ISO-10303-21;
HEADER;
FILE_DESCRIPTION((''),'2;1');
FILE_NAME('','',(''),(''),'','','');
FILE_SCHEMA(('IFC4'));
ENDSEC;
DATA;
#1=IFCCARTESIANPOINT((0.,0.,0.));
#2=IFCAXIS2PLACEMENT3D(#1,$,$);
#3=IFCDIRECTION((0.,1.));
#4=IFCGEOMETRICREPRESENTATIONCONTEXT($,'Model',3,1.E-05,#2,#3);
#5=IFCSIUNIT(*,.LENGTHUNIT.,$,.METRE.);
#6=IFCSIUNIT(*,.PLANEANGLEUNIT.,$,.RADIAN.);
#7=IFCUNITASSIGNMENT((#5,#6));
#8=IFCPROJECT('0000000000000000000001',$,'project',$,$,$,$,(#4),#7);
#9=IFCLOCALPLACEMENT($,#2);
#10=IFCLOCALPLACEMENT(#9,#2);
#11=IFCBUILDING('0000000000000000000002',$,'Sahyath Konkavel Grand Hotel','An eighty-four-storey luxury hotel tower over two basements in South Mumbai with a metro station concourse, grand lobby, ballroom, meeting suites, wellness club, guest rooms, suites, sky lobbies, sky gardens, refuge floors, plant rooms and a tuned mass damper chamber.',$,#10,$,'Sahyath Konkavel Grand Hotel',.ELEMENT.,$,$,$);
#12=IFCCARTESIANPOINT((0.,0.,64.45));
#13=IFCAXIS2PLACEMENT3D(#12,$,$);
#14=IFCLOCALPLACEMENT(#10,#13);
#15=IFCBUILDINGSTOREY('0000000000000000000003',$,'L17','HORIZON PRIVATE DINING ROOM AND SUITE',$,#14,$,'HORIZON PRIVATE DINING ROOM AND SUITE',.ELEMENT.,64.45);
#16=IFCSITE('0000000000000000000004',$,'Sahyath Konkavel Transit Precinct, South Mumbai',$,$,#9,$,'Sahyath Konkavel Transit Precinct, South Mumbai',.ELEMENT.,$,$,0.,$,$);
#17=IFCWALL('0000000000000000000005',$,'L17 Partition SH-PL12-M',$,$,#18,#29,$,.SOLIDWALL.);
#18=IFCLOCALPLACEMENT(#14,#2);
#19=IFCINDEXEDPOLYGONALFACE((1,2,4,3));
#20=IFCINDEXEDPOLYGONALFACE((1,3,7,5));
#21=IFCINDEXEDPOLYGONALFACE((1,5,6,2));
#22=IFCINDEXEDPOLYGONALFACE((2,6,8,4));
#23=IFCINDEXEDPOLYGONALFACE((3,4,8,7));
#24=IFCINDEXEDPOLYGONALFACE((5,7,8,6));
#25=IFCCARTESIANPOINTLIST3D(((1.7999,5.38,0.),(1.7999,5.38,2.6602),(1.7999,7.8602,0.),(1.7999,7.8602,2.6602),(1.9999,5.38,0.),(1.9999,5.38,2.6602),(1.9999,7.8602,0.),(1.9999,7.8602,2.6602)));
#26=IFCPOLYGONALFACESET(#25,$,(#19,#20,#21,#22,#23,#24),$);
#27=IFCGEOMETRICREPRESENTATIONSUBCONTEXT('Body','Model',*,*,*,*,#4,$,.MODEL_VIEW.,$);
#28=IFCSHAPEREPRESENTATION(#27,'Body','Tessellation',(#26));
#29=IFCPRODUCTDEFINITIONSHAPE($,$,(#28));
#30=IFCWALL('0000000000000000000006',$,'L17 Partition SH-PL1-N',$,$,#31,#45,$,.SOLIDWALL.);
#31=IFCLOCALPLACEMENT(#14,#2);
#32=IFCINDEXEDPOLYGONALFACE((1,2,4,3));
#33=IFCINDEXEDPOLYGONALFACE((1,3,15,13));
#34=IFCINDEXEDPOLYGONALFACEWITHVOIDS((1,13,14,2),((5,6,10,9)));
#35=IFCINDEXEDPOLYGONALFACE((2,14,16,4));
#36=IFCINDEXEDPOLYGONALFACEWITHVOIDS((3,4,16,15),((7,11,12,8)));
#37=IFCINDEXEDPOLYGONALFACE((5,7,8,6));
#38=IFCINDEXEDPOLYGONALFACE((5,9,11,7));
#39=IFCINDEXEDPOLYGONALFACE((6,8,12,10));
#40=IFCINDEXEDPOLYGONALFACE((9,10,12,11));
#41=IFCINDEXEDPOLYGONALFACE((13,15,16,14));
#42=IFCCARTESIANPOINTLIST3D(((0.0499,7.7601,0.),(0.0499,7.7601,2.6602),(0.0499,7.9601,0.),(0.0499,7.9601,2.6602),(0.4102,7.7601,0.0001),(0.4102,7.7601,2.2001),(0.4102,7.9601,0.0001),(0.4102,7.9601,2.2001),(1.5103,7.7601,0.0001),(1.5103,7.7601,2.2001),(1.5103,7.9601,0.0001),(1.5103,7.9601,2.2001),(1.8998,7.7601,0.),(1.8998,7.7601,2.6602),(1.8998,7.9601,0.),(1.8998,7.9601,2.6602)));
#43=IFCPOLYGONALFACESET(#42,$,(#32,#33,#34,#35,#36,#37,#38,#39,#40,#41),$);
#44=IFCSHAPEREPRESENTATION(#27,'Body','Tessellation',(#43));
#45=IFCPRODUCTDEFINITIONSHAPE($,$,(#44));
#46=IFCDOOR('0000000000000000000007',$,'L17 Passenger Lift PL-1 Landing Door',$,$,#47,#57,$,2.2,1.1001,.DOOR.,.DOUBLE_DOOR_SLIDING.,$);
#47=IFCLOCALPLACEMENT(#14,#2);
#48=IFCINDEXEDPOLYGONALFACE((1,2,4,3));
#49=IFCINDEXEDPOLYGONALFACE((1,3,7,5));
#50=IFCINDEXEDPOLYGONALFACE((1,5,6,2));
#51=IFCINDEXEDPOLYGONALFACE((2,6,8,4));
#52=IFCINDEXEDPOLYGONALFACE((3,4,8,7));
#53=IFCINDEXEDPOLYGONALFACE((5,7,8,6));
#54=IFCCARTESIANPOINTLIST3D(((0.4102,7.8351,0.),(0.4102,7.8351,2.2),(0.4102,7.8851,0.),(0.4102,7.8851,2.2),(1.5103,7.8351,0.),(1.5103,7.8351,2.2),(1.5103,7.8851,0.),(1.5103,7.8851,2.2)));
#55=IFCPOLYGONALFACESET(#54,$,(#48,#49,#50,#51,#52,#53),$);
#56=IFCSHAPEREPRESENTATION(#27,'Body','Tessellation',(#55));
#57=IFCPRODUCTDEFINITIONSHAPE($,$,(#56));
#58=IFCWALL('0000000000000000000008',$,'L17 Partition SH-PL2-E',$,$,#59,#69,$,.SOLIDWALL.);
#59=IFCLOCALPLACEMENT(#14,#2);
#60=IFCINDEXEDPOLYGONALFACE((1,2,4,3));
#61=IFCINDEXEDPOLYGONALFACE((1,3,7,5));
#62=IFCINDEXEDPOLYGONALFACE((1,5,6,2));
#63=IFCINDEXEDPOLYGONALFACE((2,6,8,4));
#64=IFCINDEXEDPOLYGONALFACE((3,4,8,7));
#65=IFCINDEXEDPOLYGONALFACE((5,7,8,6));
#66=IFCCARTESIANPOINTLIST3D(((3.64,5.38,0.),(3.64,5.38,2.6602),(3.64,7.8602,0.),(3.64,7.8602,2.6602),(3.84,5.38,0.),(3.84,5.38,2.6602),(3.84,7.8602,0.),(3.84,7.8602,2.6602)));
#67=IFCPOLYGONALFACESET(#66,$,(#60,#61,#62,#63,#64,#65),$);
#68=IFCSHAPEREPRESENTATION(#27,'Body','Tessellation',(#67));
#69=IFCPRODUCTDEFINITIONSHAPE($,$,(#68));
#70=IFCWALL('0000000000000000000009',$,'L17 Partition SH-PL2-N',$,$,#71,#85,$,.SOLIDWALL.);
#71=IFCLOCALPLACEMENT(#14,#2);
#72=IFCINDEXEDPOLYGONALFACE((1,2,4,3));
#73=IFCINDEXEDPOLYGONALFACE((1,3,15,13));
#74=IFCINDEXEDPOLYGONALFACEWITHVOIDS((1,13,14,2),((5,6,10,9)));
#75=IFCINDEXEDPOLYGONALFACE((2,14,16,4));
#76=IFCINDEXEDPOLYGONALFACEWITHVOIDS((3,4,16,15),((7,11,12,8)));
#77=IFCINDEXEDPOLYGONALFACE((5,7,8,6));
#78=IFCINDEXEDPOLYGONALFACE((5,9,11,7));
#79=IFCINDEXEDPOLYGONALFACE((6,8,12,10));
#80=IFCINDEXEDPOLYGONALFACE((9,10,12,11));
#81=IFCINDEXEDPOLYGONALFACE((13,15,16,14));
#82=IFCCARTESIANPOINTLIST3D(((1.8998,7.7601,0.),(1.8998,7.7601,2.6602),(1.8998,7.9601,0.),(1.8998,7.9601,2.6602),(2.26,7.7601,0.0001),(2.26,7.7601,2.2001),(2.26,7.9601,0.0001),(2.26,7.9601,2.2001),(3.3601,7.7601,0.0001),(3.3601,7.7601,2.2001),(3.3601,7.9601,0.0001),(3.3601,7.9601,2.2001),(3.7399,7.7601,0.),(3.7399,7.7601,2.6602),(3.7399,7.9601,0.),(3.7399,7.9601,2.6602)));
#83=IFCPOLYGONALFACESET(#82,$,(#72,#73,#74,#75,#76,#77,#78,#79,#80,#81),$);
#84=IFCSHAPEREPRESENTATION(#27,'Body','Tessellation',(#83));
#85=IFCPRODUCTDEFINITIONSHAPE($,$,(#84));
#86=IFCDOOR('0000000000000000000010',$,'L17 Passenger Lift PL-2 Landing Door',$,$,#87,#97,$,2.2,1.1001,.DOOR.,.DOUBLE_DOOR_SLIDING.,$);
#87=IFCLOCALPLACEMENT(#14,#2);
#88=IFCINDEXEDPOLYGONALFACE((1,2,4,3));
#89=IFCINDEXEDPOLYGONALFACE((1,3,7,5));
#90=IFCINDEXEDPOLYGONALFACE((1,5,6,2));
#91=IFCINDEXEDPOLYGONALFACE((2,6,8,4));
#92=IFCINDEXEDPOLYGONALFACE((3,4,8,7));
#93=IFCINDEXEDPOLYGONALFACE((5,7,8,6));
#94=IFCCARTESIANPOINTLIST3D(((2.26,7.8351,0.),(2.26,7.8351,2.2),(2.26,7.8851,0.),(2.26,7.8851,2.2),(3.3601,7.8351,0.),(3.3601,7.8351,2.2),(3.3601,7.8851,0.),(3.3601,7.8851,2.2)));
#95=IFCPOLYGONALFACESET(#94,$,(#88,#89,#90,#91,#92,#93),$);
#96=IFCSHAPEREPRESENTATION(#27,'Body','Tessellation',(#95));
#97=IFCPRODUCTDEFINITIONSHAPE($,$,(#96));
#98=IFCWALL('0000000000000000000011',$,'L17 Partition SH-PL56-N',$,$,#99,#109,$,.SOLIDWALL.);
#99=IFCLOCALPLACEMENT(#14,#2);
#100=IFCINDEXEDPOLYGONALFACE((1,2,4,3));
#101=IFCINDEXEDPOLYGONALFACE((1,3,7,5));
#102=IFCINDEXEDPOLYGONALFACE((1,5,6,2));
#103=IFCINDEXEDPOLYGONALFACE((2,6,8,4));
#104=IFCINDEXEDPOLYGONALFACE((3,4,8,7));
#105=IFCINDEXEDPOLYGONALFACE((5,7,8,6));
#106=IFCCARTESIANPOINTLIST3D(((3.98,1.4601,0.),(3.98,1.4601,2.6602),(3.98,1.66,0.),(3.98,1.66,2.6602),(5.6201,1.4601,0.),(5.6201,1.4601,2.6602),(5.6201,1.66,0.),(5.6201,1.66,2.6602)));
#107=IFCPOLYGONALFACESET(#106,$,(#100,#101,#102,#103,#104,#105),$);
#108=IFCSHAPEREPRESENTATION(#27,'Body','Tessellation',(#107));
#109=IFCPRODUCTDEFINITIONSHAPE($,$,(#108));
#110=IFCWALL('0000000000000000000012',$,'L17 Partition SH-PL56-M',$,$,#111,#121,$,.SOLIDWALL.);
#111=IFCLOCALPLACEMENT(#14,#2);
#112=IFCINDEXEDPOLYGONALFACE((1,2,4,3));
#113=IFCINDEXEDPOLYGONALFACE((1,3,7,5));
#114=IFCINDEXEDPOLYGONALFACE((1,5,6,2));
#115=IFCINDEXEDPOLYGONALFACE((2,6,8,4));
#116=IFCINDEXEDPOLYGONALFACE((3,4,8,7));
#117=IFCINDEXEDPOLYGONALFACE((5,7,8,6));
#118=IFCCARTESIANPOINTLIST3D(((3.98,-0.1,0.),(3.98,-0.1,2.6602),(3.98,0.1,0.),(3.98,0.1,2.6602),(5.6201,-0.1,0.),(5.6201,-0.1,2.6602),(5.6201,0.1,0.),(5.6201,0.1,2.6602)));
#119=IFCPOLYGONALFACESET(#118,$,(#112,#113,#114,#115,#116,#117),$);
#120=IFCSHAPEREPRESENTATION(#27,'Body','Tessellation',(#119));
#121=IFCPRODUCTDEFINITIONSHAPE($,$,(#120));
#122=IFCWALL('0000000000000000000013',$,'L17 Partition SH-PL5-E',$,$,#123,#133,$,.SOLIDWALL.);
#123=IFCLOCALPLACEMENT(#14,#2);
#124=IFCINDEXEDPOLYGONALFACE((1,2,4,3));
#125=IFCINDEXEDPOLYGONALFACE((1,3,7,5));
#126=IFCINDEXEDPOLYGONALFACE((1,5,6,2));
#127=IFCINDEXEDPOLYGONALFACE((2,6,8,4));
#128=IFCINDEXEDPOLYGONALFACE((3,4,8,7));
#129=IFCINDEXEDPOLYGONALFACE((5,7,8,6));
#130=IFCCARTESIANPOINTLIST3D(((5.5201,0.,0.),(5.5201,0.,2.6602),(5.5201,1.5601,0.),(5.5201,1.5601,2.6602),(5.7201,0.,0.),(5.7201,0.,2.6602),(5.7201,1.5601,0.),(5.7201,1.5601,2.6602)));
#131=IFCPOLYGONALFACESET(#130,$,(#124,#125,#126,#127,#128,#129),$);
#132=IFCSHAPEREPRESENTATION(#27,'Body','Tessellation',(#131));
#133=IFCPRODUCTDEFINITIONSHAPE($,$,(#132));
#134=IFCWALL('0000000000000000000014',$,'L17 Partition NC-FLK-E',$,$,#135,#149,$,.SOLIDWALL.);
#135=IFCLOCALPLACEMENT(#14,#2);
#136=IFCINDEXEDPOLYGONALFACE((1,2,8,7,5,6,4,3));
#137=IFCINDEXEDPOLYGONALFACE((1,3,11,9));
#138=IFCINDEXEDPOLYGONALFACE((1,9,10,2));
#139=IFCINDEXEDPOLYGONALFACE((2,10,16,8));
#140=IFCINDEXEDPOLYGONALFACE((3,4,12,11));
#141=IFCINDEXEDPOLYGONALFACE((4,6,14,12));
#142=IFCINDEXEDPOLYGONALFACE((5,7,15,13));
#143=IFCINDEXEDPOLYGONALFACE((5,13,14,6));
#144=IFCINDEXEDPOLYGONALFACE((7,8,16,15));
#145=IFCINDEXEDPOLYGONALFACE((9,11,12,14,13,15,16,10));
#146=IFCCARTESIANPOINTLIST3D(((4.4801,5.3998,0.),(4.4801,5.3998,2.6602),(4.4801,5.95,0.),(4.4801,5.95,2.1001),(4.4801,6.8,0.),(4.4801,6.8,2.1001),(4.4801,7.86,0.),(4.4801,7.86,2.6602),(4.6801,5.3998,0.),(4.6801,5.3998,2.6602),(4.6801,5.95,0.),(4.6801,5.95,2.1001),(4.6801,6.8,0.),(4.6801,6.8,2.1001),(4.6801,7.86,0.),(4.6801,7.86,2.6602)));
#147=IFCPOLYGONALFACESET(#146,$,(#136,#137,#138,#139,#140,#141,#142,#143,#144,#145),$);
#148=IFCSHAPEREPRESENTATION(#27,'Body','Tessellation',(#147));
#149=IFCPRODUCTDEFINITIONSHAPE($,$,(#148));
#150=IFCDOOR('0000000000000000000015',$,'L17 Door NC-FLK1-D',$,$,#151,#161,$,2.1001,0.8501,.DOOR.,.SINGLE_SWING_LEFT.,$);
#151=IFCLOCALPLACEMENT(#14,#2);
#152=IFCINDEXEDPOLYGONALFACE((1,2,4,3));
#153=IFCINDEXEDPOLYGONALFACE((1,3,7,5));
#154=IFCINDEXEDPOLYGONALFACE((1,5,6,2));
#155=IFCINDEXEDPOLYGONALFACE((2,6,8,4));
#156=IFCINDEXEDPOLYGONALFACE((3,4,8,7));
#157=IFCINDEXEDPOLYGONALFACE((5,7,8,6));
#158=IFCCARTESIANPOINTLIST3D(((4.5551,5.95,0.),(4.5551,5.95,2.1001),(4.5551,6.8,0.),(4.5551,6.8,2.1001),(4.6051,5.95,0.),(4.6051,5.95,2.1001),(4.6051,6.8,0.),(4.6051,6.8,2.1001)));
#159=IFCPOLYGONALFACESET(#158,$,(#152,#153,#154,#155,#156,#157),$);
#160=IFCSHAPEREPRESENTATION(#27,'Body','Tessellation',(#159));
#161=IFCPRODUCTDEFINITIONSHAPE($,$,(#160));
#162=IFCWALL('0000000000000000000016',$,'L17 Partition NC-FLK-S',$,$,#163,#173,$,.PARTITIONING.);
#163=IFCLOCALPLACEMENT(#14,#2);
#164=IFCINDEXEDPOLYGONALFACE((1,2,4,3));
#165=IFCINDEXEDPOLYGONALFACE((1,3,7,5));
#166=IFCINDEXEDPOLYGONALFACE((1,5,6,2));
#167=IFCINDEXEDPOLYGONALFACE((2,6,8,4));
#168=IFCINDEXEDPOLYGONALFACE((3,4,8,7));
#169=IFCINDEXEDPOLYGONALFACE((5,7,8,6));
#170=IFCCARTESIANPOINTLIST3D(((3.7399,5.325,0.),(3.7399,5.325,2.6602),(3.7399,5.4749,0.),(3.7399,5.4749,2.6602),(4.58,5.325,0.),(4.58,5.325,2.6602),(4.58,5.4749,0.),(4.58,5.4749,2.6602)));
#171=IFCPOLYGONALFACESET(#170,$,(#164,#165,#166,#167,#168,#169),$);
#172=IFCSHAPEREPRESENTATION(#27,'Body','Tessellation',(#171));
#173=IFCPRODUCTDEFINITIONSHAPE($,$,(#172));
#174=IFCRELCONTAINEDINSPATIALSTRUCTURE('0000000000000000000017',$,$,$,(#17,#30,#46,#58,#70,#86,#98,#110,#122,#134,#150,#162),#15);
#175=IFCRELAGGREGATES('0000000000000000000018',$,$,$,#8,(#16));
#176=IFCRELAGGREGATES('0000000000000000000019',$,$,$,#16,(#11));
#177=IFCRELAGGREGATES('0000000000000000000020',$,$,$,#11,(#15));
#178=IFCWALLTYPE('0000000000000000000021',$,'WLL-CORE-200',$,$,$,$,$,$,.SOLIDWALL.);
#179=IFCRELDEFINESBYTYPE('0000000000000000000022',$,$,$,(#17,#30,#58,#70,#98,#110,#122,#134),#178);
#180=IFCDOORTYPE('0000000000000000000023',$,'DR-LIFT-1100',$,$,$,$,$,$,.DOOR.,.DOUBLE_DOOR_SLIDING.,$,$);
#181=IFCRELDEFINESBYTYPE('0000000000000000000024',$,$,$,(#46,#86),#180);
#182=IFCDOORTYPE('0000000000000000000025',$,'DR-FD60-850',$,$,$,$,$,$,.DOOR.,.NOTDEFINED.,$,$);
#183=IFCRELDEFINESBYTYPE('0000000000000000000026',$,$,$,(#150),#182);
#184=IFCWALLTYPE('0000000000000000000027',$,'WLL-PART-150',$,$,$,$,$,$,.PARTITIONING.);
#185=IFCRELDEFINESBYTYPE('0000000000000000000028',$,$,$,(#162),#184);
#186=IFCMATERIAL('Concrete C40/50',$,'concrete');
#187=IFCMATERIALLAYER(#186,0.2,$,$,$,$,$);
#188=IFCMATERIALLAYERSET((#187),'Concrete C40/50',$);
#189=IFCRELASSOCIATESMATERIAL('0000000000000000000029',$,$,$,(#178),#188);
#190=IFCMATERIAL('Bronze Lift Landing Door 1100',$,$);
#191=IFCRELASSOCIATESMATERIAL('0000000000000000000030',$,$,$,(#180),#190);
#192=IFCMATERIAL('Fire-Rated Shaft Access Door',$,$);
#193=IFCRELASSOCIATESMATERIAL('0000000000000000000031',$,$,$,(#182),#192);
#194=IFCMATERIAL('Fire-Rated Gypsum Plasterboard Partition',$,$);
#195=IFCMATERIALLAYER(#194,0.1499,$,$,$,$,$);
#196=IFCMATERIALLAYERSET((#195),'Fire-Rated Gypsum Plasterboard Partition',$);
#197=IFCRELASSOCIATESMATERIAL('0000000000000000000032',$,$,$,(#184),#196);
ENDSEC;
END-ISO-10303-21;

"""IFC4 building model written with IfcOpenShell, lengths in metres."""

from ifc_helpers import new_model, si_unit, direction, frame, frame_2d, origin, origin_2d, place, context, subcontext, project, spatial, rectangle, extrude, source, transform, mapped, material, layer, layer_set, type_object, element, fill, save


model = new_model("IFC4")

# Units and contexts
model_context = context("Model", 3, precision=1e-05, world=origin(), true_north=direction((0.0, 1.0)))
body_context = subcontext(model_context, "Body", "Model", "MODEL_VIEW")
ifc_project = project(units=[si_unit("LENGTHUNIT", "METRE"), si_unit("PLANEANGLEUNIT", "RADIAN")], contexts=[model_context])

# Site, building, storey
site_placement = place(None, origin())
site = spatial("IfcSite", under=ifc_project, at=site_placement, Name="Sahyath Konkavel Transit Precinct, South Mumbai", LongName="Sahyath Konkavel Transit Precinct, South Mumbai", CompositionType="ELEMENT", RefElevation=0.0)
building_placement = place(site_placement, origin())
building = spatial("IfcBuilding", under=site, at=building_placement, Name="Sahyath Konkavel Grand Hotel", Description="An eighty-four-storey luxury hotel tower over two basements in South Mumbai with a metro station concourse, grand lobby, ballroom, meeting suites, wellness club, guest rooms, suites, sky lobbies, sky gardens, refuge floors, plant rooms and a tuned mass damper chamber.", LongName="Sahyath Konkavel Grand Hotel", CompositionType="ELEMENT")
storey_placement = place(building_placement, frame((0.0, 0.0, 64.45)))
storey = spatial("IfcBuildingStorey", under=building, at=storey_placement, Name="L17", Description="HORIZON PRIVATE DINING ROOM AND SUITE", LongName="HORIZON PRIVATE DINING ROOM AND SUITE", CompositionType="ELEMENT", Elevation=64.45)

# Shared definitions
ifc_material_1 = material(Name="Concrete C40/50", Category="concrete")

# Shared definitions
ifc_layer_1 = layer(ifc_material_1, 0.2)
ifc_layer_set_1 = layer_set([ifc_layer_1], Name="Concrete C40/50")
wall_type_1 = type_object("IfcWallType", Name="WLL-CORE-200", PredefinedType="SOLIDWALL", material=ifc_layer_set_1)

# Shared definitions
ifc_material_2 = material(Name="Bronze Lift Landing Door 1100")
door_type_1 = type_object("IfcDoorType", Name="DR-LIFT-1100", OperationType="DOUBLE_DOOR_SLIDING", PredefinedType="DOOR", material=ifc_material_2)
shared_shape_1 = source(origin(), body_context, "Body", "SweptSolid", [
    extrude(rectangle(XDim=1.1001, YDim=0.05, at=origin_2d()), origin(), (0.0, 0.0, 1.0), 2.2),
])

# Wall
wall_1_placement = place(storey_placement, frame((1.8999, 5.3799, 0.0), z_axis=(0.0, 0.0, 1.0), x_axis=(0.0, 1.0, 0.0)))
element("IfcWall", 1, at=wall_1_placement, inside=storey, type_object=wall_type_1, Name="L17 Partition SH-PL12-M", PredefinedType="SOLIDWALL", context=body_context, shape_type="SweptSolid", body=[
    extrude(rectangle(XDim=2.4802, YDim=0.2, at=frame_2d((1.2402, 0.0))), origin(), (0.0, 0.0, 1.0), 2.6602),
])

# Wall, opening, door
wall_2_placement = place(storey_placement, frame((0.05, 7.8601, 0.0), z_axis=(0.0, 0.0, 1.0), x_axis=(1.0, 0.0, 0.0)))
wall_2 = element("IfcWall", 2, at=wall_2_placement, inside=storey, type_object=wall_type_1, Name="L17 Partition SH-PL1-N", PredefinedType="SOLIDWALL", context=body_context, shape_type="SweptSolid", body=[
    extrude(rectangle(XDim=1.8499, YDim=0.2, at=frame_2d((0.9248, 0.0))), origin(), (0.0, 0.0, 1.0), 2.6602),
])
opening_1_placement = place(wall_2_placement, frame((0.3601, 0.0, 0.0)))
opening_1 = element("IfcOpeningElement", 3, at=opening_1_placement, cuts=wall_2, PredefinedType="OPENING", context=body_context, shape_type="SweptSolid", body=[
    extrude(rectangle(XDim=1.1001, YDim=2.2, at=frame_2d((0.55, 1.1001))), frame((0.0, 0.1099, 0.0), z_axis=(0.0, -1.0, 0.0), x_axis=(1.0, 0.0, 0.0)), (0.0, 0.0, 1.0), 0.22),
])
door_1_placement = place(opening_1_placement, frame((0.55, 0.0, 0.0)))
door_1 = element("IfcDoor", 4, at=door_1_placement, inside=storey, type_object=door_type_1, Name="L17 Passenger Lift PL-1 Landing Door", OperationType="DOUBLE_DOOR_SLIDING", OverallHeight=2.2, OverallWidth=1.1001, PredefinedType="DOOR", context=body_context, shape_type="MappedRepresentation", body=[
    mapped(shared_shape_1, transform((0.0, 0.0, 0.0), scale=1.0)),
])
fill(opening_1, door_1)

# Wall
wall_3_placement = place(storey_placement, frame((3.74, 5.3799, 0.0), z_axis=(0.0, 0.0, 1.0), x_axis=(0.0, 1.0, 0.0)))
element("IfcWall", 5, at=wall_3_placement, inside=storey, type_object=wall_type_1, Name="L17 Partition SH-PL2-E", PredefinedType="SOLIDWALL", context=body_context, shape_type="SweptSolid", body=[
    extrude(rectangle(XDim=2.4802, YDim=0.2, at=frame_2d((1.2402, 0.0))), origin(), (0.0, 0.0, 1.0), 2.6602),
])

# Wall, opening, door
wall_4_placement = place(storey_placement, frame((1.8999, 7.8601, 0.0), z_axis=(0.0, 0.0, 1.0), x_axis=(1.0, 0.0, 0.0)))
wall_4 = element("IfcWall", 6, at=wall_4_placement, inside=storey, type_object=wall_type_1, Name="L17 Partition SH-PL2-N", PredefinedType="SOLIDWALL", context=body_context, shape_type="SweptSolid", body=[
    extrude(rectangle(XDim=1.8401, YDim=0.2, at=frame_2d((0.9199, 0.0))), origin(), (0.0, 0.0, 1.0), 2.6602),
])
opening_2_placement = place(wall_4_placement, frame((0.3601, 0.0, 0.0)))
opening_2 = element("IfcOpeningElement", 7, at=opening_2_placement, cuts=wall_4, PredefinedType="OPENING", context=body_context, shape_type="SweptSolid", body=[
    extrude(rectangle(XDim=1.1001, YDim=2.2, at=frame_2d((0.55, 1.1001))), frame((0.0, 0.1099, 0.0), z_axis=(0.0, -1.0, 0.0), x_axis=(1.0, 0.0, 0.0)), (0.0, 0.0, 1.0), 0.22),
])
door_2_placement = place(opening_2_placement, frame((0.55, 0.0, 0.0)))
door_2 = element("IfcDoor", 8, at=door_2_placement, inside=storey, type_object=door_type_1, Name="L17 Passenger Lift PL-2 Landing Door", OperationType="DOUBLE_DOOR_SLIDING", OverallHeight=2.2, OverallWidth=1.1001, PredefinedType="DOOR", context=body_context, shape_type="MappedRepresentation", body=[
    mapped(shared_shape_1, transform((0.0, 0.0, 0.0), scale=1.0)),
])
fill(opening_2, door_2)

# Walls
for number, where, z_axis, x_axis, name in (
    (9, (3.98, 1.5601, 0.0), (0.0, 0.0, 1.0), (1.0, 0.0, 0.0), "L17 Partition SH-PL56-N"),
    (10, (3.98, 0.0, 0.0), (0.0, 0.0, 1.0), (1.0, 0.0, 0.0), "L17 Partition SH-PL56-M"),
):
    element("IfcWall", number, at=place(storey_placement, frame(where, z_axis=z_axis, x_axis=x_axis)), inside=storey, type_object=wall_type_1, Name=name, PredefinedType="SOLIDWALL", context=body_context, shape_type="SweptSolid", body=[
        extrude(rectangle(XDim=1.6401, YDim=0.2, at=frame_2d((0.8201, 0.0))), origin(), (0.0, 0.0, 1.0), 2.6602),
    ])
wall_5_placement = place(storey_placement, frame((5.6201, 0.0, 0.0), z_axis=(0.0, 0.0, 1.0), x_axis=(0.0, 1.0, 0.0)))
element("IfcWall", 11, at=wall_5_placement, inside=storey, type_object=wall_type_1, Name="L17 Partition SH-PL5-E", PredefinedType="SOLIDWALL", context=body_context, shape_type="SweptSolid", body=[
    extrude(rectangle(XDim=1.5601, YDim=0.2, at=frame_2d((0.78, 0.0))), origin(), (0.0, 0.0, 1.0), 2.6602),
])

# Wall, opening, door
wall_6_placement = place(storey_placement, frame((4.5801, 5.3999, 0.0), z_axis=(0.0, 0.0, 1.0), x_axis=(0.0, 1.0, 0.0)))
wall_6 = element("IfcWall", 12, at=wall_6_placement, inside=storey, type_object=wall_type_1, Name="L17 Partition NC-FLK-E", PredefinedType="SOLIDWALL", context=body_context, shape_type="SweptSolid", body=[
    extrude(rectangle(XDim=2.4602, YDim=0.2, at=frame_2d((1.23, 0.0))), origin(), (0.0, 0.0, 1.0), 2.6602),
])
opening_3_placement = place(wall_6_placement, frame((0.55, 0.0, 0.0)))
opening_3 = element("IfcOpeningElement", 13, at=opening_3_placement, cuts=wall_6, PredefinedType="OPENING", context=body_context, shape_type="SweptSolid", body=[
    extrude(rectangle(XDim=0.8501, YDim=2.1001, at=frame_2d((0.425, 1.05))), frame((0.0, 0.1099, 0.0), z_axis=(0.0, -1.0, 0.0), x_axis=(1.0, 0.0, 0.0)), (0.0, 0.0, 1.0), 0.22),
])
ifc_material_3 = material(Name="Fire-Rated Shaft Access Door")
door_type_2 = type_object("IfcDoorType", Name="DR-FD60-850", OperationType="NOTDEFINED", PredefinedType="DOOR", material=ifc_material_3)
shared_shape_2 = source(origin(), body_context, "Body", "SweptSolid", [
    extrude(rectangle(XDim=0.8501, YDim=0.05, at=origin_2d()), origin(), (0.0, 0.0, 1.0), 2.1001),
])
door_3_placement = place(opening_3_placement, frame((0.425, 0.0, 0.0)))
door_3 = element("IfcDoor", 14, at=door_3_placement, inside=storey, type_object=door_type_2, Name="L17 Door NC-FLK1-D", OperationType="SINGLE_SWING_LEFT", OverallHeight=2.1001, OverallWidth=0.8501, PredefinedType="DOOR", context=body_context, shape_type="MappedRepresentation", body=[
    mapped(shared_shape_2, transform((0.0, 0.0, 0.0), scale=1.0)),
])
fill(opening_3, door_3)

# Wall
ifc_material_4 = material(Name="Fire-Rated Gypsum Plasterboard Partition")
ifc_layer_2 = layer(ifc_material_4, 0.1499)
ifc_layer_set_2 = layer_set([ifc_layer_2], Name="Fire-Rated Gypsum Plasterboard Partition")
wall_type_2 = type_object("IfcWallType", Name="WLL-PART-150", PredefinedType="PARTITIONING", material=ifc_layer_set_2)
wall_7_placement = place(storey_placement, frame((3.74, 5.3999, 0.0), z_axis=(0.0, 0.0, 1.0), x_axis=(1.0, 0.0, 0.0)))
element("IfcWall", 15, at=wall_7_placement, inside=storey, type_object=wall_type_2, Name="L17 Partition NC-FLK-S", PredefinedType="PARTITIONING", context=body_context, shape_type="SweptSolid", body=[
    extrude(rectangle(XDim=0.8401, YDim=0.1499, at=frame_2d((0.4199, 0.0))), origin(), (0.0, 0.0, 1.0), 2.6602),
])

save(model, "model.ifc")
